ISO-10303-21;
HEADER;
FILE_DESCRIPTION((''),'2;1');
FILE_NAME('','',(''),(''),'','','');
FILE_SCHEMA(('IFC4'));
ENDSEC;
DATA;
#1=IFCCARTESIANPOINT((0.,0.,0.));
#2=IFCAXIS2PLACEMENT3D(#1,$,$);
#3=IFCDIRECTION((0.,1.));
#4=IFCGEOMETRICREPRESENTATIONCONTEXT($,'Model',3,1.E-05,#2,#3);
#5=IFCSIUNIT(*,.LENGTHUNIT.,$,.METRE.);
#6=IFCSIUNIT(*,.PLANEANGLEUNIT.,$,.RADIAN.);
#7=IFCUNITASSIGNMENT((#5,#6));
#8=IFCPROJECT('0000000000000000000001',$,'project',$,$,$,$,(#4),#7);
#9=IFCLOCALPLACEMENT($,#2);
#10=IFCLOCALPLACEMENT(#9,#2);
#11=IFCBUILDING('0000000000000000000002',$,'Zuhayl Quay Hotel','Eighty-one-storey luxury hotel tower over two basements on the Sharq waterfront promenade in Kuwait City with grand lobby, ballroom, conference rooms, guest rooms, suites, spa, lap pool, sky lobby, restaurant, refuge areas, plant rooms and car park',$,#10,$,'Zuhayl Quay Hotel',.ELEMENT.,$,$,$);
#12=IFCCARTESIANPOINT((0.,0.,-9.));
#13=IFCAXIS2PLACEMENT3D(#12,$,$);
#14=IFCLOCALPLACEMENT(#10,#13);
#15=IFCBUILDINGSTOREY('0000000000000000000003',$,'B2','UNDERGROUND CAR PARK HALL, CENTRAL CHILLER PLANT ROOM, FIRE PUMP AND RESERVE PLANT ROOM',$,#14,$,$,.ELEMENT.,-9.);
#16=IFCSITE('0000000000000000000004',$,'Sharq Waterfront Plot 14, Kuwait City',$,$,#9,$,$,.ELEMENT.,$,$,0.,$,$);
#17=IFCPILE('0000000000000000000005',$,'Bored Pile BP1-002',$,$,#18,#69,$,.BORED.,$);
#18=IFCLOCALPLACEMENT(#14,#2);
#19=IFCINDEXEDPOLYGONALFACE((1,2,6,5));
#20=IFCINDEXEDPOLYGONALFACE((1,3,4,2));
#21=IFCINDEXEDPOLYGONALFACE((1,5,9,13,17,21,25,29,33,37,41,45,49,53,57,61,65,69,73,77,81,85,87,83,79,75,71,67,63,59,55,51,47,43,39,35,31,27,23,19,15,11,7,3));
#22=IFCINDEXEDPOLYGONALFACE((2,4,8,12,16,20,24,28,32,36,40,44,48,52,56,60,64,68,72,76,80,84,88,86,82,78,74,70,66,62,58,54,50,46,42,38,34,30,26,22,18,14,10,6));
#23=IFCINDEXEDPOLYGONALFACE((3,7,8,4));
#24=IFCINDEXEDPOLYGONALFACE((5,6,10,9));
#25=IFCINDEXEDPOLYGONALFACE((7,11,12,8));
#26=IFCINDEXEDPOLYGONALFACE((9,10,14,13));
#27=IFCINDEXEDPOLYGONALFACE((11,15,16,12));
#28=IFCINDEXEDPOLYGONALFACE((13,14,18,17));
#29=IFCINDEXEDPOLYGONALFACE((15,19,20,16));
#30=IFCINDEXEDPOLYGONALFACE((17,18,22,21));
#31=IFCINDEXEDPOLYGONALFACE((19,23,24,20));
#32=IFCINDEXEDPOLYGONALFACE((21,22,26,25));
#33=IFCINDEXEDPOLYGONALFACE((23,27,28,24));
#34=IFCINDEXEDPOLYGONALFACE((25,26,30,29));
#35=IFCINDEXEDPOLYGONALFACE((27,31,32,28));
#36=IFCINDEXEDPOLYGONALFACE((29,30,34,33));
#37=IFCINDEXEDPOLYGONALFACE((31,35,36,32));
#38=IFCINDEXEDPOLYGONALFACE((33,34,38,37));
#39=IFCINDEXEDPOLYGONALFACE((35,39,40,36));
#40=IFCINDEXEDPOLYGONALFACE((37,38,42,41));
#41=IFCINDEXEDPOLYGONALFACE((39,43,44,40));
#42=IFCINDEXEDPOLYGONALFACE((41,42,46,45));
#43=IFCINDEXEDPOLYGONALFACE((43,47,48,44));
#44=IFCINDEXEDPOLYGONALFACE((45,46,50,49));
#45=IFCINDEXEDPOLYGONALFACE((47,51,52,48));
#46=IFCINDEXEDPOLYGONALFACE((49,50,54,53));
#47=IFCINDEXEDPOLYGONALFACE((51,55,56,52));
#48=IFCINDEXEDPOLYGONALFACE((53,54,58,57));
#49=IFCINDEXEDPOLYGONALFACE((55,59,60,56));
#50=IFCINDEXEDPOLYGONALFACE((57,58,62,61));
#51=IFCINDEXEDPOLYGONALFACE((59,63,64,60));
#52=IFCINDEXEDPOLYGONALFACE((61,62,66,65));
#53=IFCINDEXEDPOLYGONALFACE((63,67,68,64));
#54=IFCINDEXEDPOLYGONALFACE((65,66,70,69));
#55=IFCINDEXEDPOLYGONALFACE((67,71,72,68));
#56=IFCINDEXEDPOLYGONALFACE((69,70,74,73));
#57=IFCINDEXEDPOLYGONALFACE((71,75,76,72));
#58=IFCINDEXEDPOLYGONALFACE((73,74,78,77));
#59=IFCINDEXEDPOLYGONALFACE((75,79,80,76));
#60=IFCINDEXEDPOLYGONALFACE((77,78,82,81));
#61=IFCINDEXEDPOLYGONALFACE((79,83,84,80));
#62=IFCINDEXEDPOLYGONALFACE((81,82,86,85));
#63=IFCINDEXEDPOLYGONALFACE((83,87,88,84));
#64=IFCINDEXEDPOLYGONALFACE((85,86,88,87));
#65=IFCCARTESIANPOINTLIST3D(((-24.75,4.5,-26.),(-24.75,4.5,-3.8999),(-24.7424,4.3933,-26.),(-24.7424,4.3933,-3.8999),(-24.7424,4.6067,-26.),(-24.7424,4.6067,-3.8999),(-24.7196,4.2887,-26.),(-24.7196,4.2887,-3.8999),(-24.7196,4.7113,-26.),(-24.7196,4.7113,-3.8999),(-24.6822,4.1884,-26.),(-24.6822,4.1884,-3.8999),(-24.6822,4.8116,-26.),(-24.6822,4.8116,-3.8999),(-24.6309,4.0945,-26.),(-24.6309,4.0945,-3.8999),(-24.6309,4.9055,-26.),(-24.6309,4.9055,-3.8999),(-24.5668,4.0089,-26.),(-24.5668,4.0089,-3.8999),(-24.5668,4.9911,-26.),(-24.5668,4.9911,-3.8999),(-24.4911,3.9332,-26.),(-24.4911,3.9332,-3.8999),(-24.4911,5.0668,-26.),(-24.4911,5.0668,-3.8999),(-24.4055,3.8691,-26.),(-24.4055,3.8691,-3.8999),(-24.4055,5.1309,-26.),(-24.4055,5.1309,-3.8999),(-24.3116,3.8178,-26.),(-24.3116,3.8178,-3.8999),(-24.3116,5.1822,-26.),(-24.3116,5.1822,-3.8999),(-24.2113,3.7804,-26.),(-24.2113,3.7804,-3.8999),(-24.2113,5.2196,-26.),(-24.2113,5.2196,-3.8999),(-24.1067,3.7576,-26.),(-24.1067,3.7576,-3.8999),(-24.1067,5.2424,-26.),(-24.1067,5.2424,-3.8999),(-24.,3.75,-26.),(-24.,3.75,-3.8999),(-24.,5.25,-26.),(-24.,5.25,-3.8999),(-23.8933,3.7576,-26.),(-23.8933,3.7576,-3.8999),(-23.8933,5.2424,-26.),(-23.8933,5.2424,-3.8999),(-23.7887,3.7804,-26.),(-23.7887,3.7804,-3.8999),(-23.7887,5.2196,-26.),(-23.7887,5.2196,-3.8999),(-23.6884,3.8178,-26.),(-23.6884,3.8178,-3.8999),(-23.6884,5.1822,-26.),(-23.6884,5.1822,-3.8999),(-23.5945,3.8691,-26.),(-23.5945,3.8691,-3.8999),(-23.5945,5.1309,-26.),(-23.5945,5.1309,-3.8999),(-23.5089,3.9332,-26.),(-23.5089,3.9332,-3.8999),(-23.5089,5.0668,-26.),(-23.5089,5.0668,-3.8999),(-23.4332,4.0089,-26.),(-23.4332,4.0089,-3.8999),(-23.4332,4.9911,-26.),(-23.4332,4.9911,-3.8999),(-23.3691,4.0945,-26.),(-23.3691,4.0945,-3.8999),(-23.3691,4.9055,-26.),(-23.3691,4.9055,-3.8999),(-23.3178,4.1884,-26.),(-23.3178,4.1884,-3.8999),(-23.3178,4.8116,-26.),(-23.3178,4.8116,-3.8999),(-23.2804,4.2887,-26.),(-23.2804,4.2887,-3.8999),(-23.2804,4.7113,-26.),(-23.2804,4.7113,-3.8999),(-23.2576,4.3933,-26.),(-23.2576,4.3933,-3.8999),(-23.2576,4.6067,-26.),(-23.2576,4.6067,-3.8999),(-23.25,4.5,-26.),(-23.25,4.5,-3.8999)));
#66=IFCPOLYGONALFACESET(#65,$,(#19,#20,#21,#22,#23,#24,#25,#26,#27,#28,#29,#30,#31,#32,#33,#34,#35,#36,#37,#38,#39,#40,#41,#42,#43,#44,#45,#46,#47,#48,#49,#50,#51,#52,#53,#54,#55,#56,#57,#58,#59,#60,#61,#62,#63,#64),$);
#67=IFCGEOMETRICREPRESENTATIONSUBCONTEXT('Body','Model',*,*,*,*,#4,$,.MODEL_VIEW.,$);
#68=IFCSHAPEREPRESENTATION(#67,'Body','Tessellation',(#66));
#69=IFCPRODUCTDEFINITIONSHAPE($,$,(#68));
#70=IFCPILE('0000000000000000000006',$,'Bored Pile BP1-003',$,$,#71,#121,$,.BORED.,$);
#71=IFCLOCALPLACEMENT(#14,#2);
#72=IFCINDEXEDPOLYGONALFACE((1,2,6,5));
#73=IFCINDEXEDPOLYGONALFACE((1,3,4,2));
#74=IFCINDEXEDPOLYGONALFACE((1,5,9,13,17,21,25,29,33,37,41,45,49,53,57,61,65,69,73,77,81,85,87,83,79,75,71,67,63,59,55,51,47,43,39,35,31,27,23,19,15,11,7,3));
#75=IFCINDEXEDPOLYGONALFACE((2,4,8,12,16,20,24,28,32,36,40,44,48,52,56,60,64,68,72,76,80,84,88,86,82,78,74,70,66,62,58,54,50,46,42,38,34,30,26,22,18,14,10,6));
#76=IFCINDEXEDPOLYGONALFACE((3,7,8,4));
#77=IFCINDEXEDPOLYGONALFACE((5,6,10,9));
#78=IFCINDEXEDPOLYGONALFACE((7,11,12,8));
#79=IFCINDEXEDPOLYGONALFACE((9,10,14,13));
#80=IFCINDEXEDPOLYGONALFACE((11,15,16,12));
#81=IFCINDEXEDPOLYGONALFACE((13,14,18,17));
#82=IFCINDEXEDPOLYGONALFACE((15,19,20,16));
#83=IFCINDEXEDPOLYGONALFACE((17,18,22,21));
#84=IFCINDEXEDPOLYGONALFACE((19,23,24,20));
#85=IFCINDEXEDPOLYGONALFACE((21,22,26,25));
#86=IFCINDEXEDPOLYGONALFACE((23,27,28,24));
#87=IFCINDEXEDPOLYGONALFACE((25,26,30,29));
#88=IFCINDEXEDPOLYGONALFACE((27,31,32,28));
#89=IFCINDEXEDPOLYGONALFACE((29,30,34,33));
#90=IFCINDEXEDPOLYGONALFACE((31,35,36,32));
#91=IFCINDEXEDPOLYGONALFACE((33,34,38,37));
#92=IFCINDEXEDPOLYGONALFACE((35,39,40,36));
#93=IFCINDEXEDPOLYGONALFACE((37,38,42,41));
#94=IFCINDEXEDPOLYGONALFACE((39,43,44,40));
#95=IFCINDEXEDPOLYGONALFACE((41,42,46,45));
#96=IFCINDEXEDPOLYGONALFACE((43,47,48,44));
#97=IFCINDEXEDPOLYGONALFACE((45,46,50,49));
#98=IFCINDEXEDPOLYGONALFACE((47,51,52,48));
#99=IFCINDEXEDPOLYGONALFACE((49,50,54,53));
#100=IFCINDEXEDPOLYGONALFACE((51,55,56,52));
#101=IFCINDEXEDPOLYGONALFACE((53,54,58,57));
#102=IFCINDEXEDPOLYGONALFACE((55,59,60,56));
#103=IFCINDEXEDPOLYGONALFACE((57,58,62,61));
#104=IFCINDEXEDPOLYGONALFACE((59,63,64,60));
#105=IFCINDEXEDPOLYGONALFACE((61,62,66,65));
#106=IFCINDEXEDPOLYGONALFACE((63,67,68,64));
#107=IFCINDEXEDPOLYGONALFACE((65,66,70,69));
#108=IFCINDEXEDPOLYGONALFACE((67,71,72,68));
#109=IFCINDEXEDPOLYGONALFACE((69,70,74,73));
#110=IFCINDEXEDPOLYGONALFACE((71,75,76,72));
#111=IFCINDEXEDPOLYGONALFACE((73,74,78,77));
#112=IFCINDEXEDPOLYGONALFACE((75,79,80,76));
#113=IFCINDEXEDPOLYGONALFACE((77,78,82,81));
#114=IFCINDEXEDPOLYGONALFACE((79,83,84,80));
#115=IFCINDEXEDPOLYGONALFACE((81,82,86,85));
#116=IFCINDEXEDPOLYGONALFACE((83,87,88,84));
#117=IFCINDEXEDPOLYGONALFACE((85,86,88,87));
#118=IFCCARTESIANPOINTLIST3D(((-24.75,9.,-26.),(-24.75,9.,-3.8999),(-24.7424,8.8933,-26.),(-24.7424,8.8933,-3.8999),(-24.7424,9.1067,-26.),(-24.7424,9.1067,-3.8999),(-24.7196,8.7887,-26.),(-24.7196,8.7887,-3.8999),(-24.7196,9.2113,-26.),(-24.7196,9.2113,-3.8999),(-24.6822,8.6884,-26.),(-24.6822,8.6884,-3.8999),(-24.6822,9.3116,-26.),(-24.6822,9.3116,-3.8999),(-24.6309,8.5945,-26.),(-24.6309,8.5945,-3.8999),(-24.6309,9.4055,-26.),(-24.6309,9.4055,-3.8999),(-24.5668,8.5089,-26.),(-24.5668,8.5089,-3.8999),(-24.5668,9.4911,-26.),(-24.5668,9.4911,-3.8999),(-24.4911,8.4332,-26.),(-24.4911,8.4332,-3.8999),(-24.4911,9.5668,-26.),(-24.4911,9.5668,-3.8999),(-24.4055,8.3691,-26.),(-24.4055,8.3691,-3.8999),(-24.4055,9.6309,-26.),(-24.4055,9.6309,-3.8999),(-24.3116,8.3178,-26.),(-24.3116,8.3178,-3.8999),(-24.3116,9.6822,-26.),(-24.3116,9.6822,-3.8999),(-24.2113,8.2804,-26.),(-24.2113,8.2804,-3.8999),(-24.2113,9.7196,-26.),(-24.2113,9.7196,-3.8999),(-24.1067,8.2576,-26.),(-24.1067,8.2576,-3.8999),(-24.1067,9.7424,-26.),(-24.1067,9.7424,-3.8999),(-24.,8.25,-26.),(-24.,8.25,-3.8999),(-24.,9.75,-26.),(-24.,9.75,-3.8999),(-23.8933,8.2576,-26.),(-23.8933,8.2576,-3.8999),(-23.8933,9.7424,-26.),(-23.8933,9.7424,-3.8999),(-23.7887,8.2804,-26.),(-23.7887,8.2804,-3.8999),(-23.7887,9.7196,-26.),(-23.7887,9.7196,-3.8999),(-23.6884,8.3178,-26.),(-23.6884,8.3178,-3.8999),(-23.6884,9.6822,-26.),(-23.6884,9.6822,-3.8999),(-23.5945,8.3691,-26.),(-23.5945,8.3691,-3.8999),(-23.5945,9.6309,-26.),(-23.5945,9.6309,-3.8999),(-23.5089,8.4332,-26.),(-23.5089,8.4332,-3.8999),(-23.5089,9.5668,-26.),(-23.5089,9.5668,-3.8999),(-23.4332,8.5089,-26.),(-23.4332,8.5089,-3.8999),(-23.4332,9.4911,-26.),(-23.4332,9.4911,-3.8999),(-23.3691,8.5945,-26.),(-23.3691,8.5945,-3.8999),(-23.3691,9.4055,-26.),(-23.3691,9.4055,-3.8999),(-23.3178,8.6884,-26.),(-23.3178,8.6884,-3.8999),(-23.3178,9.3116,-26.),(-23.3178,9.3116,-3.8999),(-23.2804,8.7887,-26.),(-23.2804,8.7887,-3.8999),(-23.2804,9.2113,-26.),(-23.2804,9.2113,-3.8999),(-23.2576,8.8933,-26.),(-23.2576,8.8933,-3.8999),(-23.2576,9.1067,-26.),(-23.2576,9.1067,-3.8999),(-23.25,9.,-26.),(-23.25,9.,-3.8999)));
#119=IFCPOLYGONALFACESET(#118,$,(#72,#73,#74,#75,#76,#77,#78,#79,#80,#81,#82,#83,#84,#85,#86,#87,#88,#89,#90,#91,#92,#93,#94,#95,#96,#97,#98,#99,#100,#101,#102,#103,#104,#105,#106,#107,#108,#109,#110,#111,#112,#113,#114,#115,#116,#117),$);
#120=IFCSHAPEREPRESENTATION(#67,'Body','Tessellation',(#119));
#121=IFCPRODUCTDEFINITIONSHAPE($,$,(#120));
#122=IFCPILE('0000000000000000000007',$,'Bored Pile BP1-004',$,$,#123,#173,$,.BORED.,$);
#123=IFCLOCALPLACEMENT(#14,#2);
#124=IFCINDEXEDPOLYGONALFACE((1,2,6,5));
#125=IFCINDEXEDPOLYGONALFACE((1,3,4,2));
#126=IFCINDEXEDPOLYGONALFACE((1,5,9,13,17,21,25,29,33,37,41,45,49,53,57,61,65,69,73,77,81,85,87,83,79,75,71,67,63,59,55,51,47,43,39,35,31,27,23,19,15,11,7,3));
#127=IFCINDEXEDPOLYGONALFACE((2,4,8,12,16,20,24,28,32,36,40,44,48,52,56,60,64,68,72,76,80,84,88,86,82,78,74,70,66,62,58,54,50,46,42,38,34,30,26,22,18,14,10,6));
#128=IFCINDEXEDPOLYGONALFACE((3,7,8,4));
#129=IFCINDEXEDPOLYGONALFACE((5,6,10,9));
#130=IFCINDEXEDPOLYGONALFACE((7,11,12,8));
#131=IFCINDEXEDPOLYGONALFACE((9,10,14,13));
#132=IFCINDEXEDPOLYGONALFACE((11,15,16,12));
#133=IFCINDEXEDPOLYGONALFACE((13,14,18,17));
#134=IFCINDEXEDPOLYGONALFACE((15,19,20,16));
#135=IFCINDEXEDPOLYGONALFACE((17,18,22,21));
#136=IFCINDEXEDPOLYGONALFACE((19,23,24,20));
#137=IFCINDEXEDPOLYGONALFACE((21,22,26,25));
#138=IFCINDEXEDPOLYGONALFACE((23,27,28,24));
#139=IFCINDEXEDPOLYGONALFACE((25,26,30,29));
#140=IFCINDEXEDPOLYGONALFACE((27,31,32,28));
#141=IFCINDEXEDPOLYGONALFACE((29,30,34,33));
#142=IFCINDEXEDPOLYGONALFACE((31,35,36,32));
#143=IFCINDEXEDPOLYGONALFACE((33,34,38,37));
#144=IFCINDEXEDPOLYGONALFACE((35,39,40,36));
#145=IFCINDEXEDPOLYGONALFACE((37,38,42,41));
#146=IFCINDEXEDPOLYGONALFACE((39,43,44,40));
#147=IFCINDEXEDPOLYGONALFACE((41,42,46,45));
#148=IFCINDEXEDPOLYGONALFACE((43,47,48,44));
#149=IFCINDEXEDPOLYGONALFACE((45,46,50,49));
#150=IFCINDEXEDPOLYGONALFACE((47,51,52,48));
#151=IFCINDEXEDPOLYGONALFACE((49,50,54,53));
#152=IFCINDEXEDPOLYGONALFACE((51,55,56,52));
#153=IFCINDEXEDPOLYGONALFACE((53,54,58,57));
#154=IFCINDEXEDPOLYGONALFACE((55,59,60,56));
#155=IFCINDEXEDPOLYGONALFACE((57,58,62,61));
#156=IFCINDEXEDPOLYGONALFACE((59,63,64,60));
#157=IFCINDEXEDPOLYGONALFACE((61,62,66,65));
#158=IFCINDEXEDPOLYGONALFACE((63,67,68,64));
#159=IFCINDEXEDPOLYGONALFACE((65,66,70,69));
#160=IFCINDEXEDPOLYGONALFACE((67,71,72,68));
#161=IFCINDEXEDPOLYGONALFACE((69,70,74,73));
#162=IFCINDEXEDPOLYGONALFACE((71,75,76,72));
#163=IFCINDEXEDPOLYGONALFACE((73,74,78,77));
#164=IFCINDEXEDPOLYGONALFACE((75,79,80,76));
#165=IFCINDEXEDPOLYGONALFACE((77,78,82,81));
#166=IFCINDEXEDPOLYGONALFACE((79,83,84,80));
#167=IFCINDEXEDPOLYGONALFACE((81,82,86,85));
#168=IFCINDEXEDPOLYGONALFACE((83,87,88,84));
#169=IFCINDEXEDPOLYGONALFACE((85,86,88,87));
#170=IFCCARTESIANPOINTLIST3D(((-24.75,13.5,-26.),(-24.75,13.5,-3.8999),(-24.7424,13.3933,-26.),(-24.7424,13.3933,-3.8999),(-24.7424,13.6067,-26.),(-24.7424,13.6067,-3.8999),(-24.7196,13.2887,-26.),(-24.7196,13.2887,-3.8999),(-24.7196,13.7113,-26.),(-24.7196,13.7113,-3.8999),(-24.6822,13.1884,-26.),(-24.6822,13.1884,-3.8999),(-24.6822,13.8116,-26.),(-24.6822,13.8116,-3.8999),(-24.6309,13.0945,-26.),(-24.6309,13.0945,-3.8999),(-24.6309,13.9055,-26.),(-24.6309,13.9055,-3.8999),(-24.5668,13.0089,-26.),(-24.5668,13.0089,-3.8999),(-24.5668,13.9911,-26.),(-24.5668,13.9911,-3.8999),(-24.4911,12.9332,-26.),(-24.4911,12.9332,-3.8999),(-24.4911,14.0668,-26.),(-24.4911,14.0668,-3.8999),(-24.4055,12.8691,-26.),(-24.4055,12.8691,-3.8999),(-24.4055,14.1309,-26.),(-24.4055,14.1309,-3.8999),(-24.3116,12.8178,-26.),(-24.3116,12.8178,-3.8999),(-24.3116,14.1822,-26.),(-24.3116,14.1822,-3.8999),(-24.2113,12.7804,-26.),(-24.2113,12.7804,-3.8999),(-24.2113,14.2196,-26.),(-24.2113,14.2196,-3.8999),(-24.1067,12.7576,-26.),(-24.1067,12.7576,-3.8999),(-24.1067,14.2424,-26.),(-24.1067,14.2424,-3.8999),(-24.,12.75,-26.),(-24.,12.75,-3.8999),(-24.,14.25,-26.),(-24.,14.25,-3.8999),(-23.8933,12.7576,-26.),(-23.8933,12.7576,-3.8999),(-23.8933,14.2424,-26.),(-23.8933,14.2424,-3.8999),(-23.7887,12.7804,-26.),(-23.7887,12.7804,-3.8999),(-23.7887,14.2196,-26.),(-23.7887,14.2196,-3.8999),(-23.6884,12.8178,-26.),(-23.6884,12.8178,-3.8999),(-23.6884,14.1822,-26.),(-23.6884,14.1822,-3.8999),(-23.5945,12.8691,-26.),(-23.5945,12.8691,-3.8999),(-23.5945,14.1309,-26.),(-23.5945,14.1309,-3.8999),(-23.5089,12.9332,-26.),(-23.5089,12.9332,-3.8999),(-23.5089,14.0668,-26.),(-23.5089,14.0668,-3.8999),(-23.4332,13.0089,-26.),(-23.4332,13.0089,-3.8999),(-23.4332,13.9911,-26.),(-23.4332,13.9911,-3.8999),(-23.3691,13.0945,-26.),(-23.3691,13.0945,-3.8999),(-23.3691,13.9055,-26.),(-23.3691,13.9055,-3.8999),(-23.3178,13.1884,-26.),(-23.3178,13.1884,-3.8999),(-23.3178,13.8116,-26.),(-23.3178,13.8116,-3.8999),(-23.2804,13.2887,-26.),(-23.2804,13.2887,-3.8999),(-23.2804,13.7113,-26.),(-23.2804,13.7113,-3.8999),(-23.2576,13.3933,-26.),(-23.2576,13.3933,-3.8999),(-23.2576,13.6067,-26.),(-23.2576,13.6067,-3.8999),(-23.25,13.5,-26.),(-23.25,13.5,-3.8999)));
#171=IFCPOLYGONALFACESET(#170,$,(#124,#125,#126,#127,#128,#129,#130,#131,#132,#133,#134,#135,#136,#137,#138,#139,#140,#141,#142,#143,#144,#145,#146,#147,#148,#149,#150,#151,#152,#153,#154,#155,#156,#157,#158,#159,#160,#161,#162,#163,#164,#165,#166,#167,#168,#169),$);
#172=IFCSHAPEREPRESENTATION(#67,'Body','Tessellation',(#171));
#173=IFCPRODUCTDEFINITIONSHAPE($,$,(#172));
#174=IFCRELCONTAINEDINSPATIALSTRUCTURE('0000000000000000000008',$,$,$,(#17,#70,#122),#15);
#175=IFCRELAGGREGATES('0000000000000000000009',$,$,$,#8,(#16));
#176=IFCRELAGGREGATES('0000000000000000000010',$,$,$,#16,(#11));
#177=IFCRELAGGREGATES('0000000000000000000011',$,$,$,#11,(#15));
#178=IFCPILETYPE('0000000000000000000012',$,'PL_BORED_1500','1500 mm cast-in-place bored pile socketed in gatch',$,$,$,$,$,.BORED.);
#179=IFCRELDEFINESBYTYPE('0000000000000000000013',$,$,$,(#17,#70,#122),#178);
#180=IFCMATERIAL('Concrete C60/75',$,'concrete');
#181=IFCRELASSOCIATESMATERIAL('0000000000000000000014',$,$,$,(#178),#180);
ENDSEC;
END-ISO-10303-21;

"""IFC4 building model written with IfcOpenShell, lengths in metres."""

from ifc_helpers import new_model, si_unit, direction, frame, origin, origin_2d, place, context, subcontext, project, spatial, circle, extrude, material, material_profile, profile_set, type_object, element, save


model = new_model("IFC4")

# Units and contexts
model_context = context("Model", 3, precision=1e-05, world=origin(), true_north=direction((0.0, 1.0)))
body_context = subcontext(model_context, "Body", "Model", "MODEL_VIEW")
ifc_project = project(units=[si_unit("LENGTHUNIT", "METRE"), si_unit("PLANEANGLEUNIT", "RADIAN")], contexts=[model_context])

# Site, building, storey
site_placement = place(None, origin())
site = spatial("IfcSite", under=ifc_project, at=site_placement, Name="Sharq Waterfront Plot 14, Kuwait City", CompositionType="ELEMENT", RefElevation=0.0)
building_placement = place(site_placement, origin())
building = spatial("IfcBuilding", under=site, at=building_placement, Name="Zuhayl Quay Hotel", Description="Eighty-one-storey luxury hotel tower over two basements on the Sharq waterfront promenade in Kuwait City with grand lobby, ballroom, conference rooms, guest rooms, suites, spa, lap pool, sky lobby, restaurant, refuge areas, plant rooms and car park", LongName="Zuhayl Quay Hotel", CompositionType="ELEMENT")
storey_placement = place(building_placement, frame((0.0, 0.0, -9.0)))
storey = spatial("IfcBuildingStorey", under=building, at=storey_placement, Name="B2", Description="UNDERGROUND CAR PARK HALL, CENTRAL CHILLER PLANT ROOM, FIRE PUMP AND RESERVE PLANT ROOM", CompositionType="ELEMENT", Elevation=-9.0)

# Piles
ifc_material_1 = material(Name="Concrete C60/75", Category="concrete")
ifc_material_profile_1 = material_profile(ifc_material_1, circle(Radius=0.75, at=origin_2d()), Name="PILE1500")
ifc_profile_set_1 = profile_set([ifc_material_profile_1], Name="Concrete C60/75")
pile_type = type_object("IfcPileType", Name="PL_BORED_1500", Description="1500 mm cast-in-place bored pile socketed in gatch", PredefinedType="BORED", material=ifc_profile_set_1)
for number, where, z_axis, x_axis, name in (
    (1, (-24.0, 4.5, -3.8999), (0.0, 0.0, -1.0), (1.0, 0.0, 0.0), "Bored Pile BP1-002"),
    (2, (-24.0, 9.0, -3.8999), (0.0, 0.0, -1.0), (1.0, 0.0, 0.0), "Bored Pile BP1-003"),
    (3, (-24.0, 13.5, -3.8999), (0.0, 0.0, -1.0), (1.0, 0.0, 0.0), "Bored Pile BP1-004"),
):
    element("IfcPile", number, at=place(storey_placement, frame(where, z_axis=z_axis, x_axis=x_axis)), inside=storey, type_object=pile_type, Name=name, PredefinedType="BORED", context=body_context, shape_type="SweptSolid", body=[
        extrude(circle(Radius=0.75, at=origin_2d()), origin(), (0.0, 0.0, 1.0), 22.1001),
    ])

save(model, "model.ifc")
